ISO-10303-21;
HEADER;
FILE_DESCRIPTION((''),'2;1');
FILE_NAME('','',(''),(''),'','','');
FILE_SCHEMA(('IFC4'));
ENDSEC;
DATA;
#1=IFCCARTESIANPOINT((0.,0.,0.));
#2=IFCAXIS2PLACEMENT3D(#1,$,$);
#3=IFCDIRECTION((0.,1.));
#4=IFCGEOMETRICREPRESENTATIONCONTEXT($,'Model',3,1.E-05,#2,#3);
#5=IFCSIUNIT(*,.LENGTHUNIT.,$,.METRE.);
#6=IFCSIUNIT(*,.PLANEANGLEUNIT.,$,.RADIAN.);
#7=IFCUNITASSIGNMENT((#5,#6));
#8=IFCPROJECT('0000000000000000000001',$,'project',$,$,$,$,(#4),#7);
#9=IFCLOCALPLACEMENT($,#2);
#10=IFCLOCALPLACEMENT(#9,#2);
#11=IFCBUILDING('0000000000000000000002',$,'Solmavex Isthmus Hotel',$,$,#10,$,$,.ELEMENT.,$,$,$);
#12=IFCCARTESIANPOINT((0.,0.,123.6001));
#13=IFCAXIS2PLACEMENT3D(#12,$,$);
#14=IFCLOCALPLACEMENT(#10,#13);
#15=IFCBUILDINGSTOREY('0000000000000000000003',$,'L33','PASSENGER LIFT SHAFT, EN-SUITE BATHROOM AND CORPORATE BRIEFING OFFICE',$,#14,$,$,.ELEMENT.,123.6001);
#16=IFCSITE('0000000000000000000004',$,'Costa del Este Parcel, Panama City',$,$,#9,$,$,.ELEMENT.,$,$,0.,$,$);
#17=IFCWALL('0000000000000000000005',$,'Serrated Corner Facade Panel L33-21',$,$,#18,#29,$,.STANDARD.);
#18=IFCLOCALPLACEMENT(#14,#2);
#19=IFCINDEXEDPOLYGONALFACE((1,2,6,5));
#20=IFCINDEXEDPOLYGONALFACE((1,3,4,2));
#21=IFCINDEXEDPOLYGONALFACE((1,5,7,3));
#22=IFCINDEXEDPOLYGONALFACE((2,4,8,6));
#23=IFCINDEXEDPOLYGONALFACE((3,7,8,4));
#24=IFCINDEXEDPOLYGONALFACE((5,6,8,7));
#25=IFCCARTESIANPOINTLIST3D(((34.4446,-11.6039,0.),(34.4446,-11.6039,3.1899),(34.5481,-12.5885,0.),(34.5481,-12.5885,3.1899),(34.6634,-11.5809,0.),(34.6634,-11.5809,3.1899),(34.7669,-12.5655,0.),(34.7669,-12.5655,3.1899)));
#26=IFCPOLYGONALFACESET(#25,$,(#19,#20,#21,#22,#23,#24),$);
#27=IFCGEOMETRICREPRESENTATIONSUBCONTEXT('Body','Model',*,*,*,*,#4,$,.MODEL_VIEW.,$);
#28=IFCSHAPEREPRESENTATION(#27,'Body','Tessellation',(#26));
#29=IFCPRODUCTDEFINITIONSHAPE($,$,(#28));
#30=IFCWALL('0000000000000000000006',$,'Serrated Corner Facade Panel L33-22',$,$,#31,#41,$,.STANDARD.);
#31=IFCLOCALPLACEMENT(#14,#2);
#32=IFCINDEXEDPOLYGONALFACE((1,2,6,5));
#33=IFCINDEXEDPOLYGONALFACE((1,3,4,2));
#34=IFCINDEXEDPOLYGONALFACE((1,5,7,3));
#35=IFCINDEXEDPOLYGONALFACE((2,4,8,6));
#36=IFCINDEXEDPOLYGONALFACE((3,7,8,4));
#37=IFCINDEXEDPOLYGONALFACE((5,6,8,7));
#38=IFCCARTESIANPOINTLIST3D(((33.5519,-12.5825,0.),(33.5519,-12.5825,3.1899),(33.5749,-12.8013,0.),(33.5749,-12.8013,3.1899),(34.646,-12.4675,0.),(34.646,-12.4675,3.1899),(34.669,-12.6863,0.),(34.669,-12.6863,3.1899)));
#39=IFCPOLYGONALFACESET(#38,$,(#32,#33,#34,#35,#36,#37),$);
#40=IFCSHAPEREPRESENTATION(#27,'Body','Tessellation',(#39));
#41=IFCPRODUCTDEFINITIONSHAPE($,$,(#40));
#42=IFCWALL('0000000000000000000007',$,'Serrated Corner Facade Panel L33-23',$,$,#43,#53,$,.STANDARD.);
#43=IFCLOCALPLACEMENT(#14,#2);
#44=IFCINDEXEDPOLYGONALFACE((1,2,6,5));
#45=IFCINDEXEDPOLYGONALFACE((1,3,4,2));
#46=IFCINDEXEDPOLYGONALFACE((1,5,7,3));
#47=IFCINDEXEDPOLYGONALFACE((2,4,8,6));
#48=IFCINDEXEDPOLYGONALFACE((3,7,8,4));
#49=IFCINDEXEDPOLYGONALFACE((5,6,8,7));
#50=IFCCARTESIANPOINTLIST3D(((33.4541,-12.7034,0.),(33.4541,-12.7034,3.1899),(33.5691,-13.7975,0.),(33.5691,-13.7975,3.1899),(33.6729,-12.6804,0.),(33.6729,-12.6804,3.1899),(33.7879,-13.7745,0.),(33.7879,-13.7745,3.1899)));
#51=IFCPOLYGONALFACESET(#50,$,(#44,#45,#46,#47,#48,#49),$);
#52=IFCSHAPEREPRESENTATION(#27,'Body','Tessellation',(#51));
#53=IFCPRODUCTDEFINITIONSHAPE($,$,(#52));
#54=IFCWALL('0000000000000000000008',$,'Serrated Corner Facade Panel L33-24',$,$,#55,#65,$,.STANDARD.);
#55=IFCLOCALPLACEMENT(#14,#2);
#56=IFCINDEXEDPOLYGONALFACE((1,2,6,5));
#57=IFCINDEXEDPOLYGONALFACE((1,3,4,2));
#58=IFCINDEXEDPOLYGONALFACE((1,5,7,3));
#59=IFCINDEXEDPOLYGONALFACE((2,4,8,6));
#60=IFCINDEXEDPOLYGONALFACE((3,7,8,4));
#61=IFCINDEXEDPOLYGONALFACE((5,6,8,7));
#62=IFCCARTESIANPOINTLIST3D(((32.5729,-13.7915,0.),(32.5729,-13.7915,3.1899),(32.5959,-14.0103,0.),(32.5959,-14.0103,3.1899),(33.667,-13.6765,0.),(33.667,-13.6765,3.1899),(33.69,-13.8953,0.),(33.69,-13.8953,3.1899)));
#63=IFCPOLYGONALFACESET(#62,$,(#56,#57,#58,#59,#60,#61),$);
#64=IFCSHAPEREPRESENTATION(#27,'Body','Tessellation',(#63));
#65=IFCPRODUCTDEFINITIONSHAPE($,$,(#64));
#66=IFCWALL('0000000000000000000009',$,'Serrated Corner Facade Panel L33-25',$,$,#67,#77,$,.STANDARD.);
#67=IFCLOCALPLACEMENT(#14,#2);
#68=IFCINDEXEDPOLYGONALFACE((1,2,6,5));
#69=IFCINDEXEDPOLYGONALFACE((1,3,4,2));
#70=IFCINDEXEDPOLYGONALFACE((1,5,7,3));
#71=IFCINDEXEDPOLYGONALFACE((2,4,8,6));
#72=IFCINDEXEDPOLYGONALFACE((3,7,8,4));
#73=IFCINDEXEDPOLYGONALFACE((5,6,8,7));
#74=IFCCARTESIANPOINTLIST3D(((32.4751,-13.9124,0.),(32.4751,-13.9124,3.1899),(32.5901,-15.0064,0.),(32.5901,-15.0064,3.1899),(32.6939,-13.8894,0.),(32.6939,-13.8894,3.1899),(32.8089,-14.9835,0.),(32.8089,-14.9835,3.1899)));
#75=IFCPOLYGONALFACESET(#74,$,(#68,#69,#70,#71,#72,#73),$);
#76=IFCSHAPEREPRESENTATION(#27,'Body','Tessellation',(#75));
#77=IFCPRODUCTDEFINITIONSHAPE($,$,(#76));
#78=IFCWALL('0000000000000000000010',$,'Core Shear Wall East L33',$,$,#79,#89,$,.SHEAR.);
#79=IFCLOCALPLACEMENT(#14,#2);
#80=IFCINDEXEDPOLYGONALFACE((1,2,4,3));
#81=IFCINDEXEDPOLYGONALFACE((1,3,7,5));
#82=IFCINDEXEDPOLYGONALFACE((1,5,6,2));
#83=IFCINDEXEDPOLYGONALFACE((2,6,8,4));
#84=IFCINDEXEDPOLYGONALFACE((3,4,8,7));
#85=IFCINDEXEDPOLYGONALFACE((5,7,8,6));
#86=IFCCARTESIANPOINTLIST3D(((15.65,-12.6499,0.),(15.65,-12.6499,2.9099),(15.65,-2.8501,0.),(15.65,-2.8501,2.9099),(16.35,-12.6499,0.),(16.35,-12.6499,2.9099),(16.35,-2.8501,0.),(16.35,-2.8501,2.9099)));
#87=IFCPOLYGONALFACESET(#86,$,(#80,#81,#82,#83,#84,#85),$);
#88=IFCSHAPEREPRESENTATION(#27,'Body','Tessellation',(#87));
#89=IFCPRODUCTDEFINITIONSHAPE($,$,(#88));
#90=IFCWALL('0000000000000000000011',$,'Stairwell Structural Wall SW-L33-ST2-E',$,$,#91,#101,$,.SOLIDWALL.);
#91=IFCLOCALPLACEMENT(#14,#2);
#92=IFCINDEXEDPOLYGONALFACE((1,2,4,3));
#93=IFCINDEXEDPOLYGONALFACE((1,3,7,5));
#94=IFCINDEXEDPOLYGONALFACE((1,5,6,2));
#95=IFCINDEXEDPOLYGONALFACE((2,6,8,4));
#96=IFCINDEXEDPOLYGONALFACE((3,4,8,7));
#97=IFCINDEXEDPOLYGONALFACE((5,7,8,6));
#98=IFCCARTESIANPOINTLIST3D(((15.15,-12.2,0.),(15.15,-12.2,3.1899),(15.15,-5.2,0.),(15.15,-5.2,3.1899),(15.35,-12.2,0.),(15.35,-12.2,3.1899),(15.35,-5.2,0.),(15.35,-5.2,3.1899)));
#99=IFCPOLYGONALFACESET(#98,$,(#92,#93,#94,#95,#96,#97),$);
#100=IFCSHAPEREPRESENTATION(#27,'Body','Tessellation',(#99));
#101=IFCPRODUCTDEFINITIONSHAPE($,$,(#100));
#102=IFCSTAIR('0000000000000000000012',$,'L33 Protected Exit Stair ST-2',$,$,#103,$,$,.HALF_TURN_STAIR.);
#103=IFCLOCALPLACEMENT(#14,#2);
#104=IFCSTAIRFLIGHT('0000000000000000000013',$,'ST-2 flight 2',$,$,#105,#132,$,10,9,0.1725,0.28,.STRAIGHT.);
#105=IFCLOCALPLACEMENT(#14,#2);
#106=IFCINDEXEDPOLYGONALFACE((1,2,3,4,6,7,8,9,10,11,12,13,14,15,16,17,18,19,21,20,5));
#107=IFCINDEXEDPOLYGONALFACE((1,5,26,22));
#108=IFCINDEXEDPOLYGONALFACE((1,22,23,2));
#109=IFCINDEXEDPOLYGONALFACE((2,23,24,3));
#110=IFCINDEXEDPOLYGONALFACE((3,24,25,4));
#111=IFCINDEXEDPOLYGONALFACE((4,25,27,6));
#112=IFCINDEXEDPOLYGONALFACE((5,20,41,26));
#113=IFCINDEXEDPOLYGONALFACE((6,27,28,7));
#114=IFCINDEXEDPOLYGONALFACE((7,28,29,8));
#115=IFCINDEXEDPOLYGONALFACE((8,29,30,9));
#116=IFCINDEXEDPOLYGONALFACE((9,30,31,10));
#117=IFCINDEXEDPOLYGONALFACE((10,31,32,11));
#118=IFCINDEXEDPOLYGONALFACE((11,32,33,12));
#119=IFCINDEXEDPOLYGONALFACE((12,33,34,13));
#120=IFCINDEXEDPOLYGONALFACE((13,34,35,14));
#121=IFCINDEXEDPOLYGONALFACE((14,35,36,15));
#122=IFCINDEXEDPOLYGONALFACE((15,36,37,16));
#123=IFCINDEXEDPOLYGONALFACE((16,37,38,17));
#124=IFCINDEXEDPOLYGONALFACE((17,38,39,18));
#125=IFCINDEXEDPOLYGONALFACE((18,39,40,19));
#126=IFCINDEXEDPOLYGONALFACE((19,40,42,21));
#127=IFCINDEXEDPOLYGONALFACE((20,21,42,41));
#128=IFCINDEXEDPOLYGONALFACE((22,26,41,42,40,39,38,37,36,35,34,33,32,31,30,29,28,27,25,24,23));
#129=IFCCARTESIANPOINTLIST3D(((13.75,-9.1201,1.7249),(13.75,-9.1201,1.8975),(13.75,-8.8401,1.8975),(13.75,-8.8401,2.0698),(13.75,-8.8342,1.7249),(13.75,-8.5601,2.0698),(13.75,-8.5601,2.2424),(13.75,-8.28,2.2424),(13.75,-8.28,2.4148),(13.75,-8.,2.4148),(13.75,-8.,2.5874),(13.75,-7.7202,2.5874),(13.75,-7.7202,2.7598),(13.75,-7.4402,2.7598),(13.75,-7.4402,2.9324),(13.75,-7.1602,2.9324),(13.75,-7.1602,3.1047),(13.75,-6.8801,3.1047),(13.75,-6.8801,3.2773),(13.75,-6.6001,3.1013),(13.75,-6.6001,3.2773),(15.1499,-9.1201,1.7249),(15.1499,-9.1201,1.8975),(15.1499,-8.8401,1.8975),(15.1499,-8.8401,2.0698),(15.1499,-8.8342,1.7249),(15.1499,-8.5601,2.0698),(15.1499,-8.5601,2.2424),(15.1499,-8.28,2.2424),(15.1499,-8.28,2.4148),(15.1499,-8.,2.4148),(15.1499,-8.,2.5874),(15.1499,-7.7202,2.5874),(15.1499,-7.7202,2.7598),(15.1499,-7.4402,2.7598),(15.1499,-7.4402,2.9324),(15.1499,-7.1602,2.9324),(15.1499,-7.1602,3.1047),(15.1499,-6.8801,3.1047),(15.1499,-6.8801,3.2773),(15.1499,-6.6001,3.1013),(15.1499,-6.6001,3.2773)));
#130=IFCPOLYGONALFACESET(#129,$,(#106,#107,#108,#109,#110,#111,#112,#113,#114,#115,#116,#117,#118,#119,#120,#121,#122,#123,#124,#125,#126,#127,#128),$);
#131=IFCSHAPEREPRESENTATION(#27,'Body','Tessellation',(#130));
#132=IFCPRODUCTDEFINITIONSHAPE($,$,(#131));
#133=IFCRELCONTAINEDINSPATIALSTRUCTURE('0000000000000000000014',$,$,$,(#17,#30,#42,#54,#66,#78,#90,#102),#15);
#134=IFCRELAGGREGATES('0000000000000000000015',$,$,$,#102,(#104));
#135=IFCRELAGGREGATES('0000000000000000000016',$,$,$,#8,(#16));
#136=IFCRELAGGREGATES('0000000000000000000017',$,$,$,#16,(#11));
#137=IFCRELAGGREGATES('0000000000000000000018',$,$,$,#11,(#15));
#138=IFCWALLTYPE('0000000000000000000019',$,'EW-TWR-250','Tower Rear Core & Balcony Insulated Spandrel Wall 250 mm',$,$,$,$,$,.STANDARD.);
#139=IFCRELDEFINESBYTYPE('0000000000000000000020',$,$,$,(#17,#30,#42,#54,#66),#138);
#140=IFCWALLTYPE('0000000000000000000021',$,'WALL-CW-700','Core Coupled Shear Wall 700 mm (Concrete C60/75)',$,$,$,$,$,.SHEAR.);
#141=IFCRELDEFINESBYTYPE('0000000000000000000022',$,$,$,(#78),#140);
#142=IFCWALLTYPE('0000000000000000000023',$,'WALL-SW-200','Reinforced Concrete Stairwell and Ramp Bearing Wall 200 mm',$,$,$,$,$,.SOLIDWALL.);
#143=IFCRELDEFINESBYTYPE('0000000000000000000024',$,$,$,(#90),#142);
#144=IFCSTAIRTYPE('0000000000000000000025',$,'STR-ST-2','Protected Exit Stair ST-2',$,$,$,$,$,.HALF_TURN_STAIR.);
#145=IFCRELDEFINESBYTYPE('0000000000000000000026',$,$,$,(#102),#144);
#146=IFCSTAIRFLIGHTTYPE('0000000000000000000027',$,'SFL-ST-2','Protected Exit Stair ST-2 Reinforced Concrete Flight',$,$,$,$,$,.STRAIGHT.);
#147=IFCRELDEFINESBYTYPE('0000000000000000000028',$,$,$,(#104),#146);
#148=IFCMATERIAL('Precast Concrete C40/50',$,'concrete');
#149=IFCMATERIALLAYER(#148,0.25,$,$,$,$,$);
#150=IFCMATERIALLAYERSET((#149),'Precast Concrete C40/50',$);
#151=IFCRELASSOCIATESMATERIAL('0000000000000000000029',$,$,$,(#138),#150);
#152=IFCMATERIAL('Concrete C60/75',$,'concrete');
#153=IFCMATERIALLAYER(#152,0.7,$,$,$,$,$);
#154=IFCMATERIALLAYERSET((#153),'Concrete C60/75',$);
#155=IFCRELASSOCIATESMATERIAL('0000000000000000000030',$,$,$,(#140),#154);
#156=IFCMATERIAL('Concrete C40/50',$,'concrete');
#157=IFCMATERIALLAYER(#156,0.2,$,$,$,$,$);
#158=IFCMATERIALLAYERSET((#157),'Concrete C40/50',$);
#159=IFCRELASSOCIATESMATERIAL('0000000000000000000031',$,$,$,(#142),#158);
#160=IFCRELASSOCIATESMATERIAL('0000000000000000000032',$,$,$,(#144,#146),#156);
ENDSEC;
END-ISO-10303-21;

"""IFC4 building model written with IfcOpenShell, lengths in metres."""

from ifc_helpers import new_model, si_unit, direction, frame, frame_2d, origin, place, context, subcontext, project, spatial, polyline, rectangle, outline, extrude, material, layer, layer_set, type_object, element, aggregate, save


model = new_model("IFC4")

# Units and contexts
model_context = context("Model", 3, precision=1e-05, world=origin(), true_north=direction((0.0, 1.0)))
body_context = subcontext(model_context, "Body", "Model", "MODEL_VIEW")
ifc_project = project(units=[si_unit("LENGTHUNIT", "METRE"), si_unit("PLANEANGLEUNIT", "RADIAN")], contexts=[model_context])

# Site, building, storey
site_placement = place(None, origin())
site = spatial("IfcSite", under=ifc_project, at=site_placement, Name="Costa del Este Parcel, Panama City", CompositionType="ELEMENT", RefElevation=0.0)
building_placement = place(site_placement, origin())
building = spatial("IfcBuilding", under=site, at=building_placement, Name="Solmavex Isthmus Hotel", CompositionType="ELEMENT")
storey_placement = place(building_placement, frame((0.0, 0.0, 123.6001)))
storey = spatial("IfcBuildingStorey", under=building, at=storey_placement, Name="L33", Description="PASSENGER LIFT SHAFT, EN-SUITE BATHROOM AND CORPORATE BRIEFING OFFICE", CompositionType="ELEMENT", Elevation=123.6001)

# Shared definitions
ifc_material_1 = material(Name="Concrete C60/75", Category="concrete")

# Walls
ifc_material_2 = material(Name="Precast Concrete C40/50", Category="concrete")
ifc_layer_1 = layer(ifc_material_2, 0.25)
ifc_layer_set_1 = layer_set([ifc_layer_1], Name="Precast Concrete C40/50")
wall_type_1 = type_object("IfcWallType", Name="EW-TWR-250", Description="Tower Rear Core & Balcony Insulated Spandrel Wall 250 mm", PredefinedType="STANDARD", material=ifc_layer_set_1)
wall_1_placement = place(storey_placement, frame((34.554, -11.5923, 0.0), z_axis=(0.0, 0.0, 1.0), x_axis=(0.104556, -0.994519, 0.0)))
element("IfcWall", 1, at=wall_1_placement, inside=storey, type_object=wall_type_1, Name="Serrated Corner Facade Panel L33-21", PredefinedType="STANDARD", context=body_context, shape_type="SweptSolid", body=[
    extrude(rectangle(XDim=0.99, YDim=0.22, at=frame_2d((0.4951, 0.0))), origin(), (0.0, 0.0, 1.0), 3.1899),
])
for number, where, z_axis, x_axis, name in (
    (2, (34.6575, -12.5769, 0.0), (0.0, 0.0, 1.0), (-0.994521, -0.104535, 0.0), "Serrated Corner Facade Panel L33-22"),
    (3, (33.5635, -12.6919, 0.0), (0.0, 0.0, 1.0), (0.104535, -0.994521, 0.0), "Serrated Corner Facade Panel L33-23"),
    (4, (33.6785, -13.7859, 0.0), (0.0, 0.0, 1.0), (-0.994521, -0.104535, 0.0), "Serrated Corner Facade Panel L33-24"),
    (5, (32.5845, -13.9009, 0.0), (0.0, 0.0, 1.0), (0.104535, -0.994521, 0.0), "Serrated Corner Facade Panel L33-25"),
):
    element("IfcWall", number, at=place(storey_placement, frame(where, z_axis=z_axis, x_axis=x_axis)), inside=storey, type_object=wall_type_1, Name=name, PredefinedType="STANDARD", context=body_context, shape_type="SweptSolid", body=[
        extrude(rectangle(XDim=1.1001, YDim=0.22, at=frame_2d((0.55, 0.0))), origin(), (0.0, 0.0, 1.0), 3.1899),
    ])
ifc_layer_2 = layer(ifc_material_1, 0.7)
ifc_layer_set_2 = layer_set([ifc_layer_2], Name="Concrete C60/75")
wall_type_2 = type_object("IfcWallType", Name="WALL-CW-700", Description="Core Coupled Shear Wall 700 mm (Concrete C60/75)", PredefinedType="SHEAR", material=ifc_layer_set_2)
wall_2_placement = place(storey_placement, frame((16.0, -12.6499, 0.0), z_axis=(0.0, 0.0, 1.0), x_axis=(0.0, 1.0, 0.0)))
element("IfcWall", 6, at=wall_2_placement, inside=storey, type_object=wall_type_2, Name="Core Shear Wall East L33", PredefinedType="SHEAR", context=body_context, shape_type="SweptSolid", body=[
    extrude(rectangle(XDim=9.7998, YDim=0.7, at=frame_2d((4.8999, 0.0))), origin(), (0.0, 0.0, 1.0), 2.9099),
])
ifc_material_3 = material(Name="Concrete C40/50", Category="concrete")
ifc_layer_3 = layer(ifc_material_3, 0.2)
ifc_layer_set_3 = layer_set([ifc_layer_3], Name="Concrete C40/50")
wall_type_3 = type_object("IfcWallType", Name="WALL-SW-200", Description="Reinforced Concrete Stairwell and Ramp Bearing Wall 200 mm", PredefinedType="SOLIDWALL", material=ifc_layer_set_3)
wall_3_placement = place(storey_placement, frame((15.25, -12.2, 0.0), z_axis=(0.0, 0.0, 1.0), x_axis=(0.0, 1.0, 0.0)))
element("IfcWall", 7, at=wall_3_placement, inside=storey, type_object=wall_type_3, Name="Stairwell Structural Wall SW-L33-ST2-E", PredefinedType="SOLIDWALL", context=body_context, shape_type="SweptSolid", body=[
    extrude(rectangle(XDim=7.0, YDim=0.2, at=frame_2d((3.5, 0.0))), origin(), (0.0, 0.0, 1.0), 3.1899),
])

# Stair, stair flight
stair_type = type_object("IfcStairType", Name="STR-ST-2", Description="Protected Exit Stair ST-2", PredefinedType="HALF_TURN_STAIR", material=ifc_material_3)
stair_placement = place(storey_placement, origin())
stair = element("IfcStair", 8, at=stair_placement, inside=storey, type_object=stair_type, Name="L33 Protected Exit Stair ST-2", PredefinedType="HALF_TURN_STAIR")
stair_flight_type = type_object("IfcStairFlightType", Name="SFL-ST-2", Description="Protected Exit Stair ST-2 Reinforced Concrete Flight", PredefinedType="STRAIGHT", material=ifc_material_3)
stair_flight_placement = place(storey_placement, frame((14.45, -9.1201, 1.7249), z_axis=(0.0, 0.0, 1.0), x_axis=(0.0, 1.0, 0.0)))
stair_flight = element("IfcStairFlight", 9, at=stair_flight_placement, type_object=stair_flight_type, Name="ST-2 flight 2", NumberOfRisers=10, NumberOfTreads=9, PredefinedType="STRAIGHT", RiserHeight=0.1725, TreadLength=0.28, context=body_context, shape_type="SweptSolid", body=[
    extrude(outline(polyline([(0.0, 0.0), (0.0, 0.1726), (0.28, 0.1726), (0.28, 0.345), (0.5601, 0.345), (0.5601, 0.5176), (0.8401, 0.5176), (0.8401, 0.6899), (1.1201, 0.6899), (1.1201, 0.8625), (1.3999, 0.8625), (1.3999, 1.0349), (1.6799, 1.0349), (1.6799, 1.2075), (1.96, 1.2075), (1.96, 1.3799), (2.24, 1.3799), (2.24, 1.5525), (2.52, 1.5525), (2.52, 1.7251), (2.52, 1.3765), (0.2859, 0.0), (0.0, 0.0)])), frame((0.0, 0.7, 0.0), z_axis=(0.0, -1.0, 0.0), x_axis=(1.0, 0.0, 0.0)), (0.0, 0.0, 1.0), 1.3999),
])
aggregate(stair, [stair_flight])

save(model, "model.ifc")
